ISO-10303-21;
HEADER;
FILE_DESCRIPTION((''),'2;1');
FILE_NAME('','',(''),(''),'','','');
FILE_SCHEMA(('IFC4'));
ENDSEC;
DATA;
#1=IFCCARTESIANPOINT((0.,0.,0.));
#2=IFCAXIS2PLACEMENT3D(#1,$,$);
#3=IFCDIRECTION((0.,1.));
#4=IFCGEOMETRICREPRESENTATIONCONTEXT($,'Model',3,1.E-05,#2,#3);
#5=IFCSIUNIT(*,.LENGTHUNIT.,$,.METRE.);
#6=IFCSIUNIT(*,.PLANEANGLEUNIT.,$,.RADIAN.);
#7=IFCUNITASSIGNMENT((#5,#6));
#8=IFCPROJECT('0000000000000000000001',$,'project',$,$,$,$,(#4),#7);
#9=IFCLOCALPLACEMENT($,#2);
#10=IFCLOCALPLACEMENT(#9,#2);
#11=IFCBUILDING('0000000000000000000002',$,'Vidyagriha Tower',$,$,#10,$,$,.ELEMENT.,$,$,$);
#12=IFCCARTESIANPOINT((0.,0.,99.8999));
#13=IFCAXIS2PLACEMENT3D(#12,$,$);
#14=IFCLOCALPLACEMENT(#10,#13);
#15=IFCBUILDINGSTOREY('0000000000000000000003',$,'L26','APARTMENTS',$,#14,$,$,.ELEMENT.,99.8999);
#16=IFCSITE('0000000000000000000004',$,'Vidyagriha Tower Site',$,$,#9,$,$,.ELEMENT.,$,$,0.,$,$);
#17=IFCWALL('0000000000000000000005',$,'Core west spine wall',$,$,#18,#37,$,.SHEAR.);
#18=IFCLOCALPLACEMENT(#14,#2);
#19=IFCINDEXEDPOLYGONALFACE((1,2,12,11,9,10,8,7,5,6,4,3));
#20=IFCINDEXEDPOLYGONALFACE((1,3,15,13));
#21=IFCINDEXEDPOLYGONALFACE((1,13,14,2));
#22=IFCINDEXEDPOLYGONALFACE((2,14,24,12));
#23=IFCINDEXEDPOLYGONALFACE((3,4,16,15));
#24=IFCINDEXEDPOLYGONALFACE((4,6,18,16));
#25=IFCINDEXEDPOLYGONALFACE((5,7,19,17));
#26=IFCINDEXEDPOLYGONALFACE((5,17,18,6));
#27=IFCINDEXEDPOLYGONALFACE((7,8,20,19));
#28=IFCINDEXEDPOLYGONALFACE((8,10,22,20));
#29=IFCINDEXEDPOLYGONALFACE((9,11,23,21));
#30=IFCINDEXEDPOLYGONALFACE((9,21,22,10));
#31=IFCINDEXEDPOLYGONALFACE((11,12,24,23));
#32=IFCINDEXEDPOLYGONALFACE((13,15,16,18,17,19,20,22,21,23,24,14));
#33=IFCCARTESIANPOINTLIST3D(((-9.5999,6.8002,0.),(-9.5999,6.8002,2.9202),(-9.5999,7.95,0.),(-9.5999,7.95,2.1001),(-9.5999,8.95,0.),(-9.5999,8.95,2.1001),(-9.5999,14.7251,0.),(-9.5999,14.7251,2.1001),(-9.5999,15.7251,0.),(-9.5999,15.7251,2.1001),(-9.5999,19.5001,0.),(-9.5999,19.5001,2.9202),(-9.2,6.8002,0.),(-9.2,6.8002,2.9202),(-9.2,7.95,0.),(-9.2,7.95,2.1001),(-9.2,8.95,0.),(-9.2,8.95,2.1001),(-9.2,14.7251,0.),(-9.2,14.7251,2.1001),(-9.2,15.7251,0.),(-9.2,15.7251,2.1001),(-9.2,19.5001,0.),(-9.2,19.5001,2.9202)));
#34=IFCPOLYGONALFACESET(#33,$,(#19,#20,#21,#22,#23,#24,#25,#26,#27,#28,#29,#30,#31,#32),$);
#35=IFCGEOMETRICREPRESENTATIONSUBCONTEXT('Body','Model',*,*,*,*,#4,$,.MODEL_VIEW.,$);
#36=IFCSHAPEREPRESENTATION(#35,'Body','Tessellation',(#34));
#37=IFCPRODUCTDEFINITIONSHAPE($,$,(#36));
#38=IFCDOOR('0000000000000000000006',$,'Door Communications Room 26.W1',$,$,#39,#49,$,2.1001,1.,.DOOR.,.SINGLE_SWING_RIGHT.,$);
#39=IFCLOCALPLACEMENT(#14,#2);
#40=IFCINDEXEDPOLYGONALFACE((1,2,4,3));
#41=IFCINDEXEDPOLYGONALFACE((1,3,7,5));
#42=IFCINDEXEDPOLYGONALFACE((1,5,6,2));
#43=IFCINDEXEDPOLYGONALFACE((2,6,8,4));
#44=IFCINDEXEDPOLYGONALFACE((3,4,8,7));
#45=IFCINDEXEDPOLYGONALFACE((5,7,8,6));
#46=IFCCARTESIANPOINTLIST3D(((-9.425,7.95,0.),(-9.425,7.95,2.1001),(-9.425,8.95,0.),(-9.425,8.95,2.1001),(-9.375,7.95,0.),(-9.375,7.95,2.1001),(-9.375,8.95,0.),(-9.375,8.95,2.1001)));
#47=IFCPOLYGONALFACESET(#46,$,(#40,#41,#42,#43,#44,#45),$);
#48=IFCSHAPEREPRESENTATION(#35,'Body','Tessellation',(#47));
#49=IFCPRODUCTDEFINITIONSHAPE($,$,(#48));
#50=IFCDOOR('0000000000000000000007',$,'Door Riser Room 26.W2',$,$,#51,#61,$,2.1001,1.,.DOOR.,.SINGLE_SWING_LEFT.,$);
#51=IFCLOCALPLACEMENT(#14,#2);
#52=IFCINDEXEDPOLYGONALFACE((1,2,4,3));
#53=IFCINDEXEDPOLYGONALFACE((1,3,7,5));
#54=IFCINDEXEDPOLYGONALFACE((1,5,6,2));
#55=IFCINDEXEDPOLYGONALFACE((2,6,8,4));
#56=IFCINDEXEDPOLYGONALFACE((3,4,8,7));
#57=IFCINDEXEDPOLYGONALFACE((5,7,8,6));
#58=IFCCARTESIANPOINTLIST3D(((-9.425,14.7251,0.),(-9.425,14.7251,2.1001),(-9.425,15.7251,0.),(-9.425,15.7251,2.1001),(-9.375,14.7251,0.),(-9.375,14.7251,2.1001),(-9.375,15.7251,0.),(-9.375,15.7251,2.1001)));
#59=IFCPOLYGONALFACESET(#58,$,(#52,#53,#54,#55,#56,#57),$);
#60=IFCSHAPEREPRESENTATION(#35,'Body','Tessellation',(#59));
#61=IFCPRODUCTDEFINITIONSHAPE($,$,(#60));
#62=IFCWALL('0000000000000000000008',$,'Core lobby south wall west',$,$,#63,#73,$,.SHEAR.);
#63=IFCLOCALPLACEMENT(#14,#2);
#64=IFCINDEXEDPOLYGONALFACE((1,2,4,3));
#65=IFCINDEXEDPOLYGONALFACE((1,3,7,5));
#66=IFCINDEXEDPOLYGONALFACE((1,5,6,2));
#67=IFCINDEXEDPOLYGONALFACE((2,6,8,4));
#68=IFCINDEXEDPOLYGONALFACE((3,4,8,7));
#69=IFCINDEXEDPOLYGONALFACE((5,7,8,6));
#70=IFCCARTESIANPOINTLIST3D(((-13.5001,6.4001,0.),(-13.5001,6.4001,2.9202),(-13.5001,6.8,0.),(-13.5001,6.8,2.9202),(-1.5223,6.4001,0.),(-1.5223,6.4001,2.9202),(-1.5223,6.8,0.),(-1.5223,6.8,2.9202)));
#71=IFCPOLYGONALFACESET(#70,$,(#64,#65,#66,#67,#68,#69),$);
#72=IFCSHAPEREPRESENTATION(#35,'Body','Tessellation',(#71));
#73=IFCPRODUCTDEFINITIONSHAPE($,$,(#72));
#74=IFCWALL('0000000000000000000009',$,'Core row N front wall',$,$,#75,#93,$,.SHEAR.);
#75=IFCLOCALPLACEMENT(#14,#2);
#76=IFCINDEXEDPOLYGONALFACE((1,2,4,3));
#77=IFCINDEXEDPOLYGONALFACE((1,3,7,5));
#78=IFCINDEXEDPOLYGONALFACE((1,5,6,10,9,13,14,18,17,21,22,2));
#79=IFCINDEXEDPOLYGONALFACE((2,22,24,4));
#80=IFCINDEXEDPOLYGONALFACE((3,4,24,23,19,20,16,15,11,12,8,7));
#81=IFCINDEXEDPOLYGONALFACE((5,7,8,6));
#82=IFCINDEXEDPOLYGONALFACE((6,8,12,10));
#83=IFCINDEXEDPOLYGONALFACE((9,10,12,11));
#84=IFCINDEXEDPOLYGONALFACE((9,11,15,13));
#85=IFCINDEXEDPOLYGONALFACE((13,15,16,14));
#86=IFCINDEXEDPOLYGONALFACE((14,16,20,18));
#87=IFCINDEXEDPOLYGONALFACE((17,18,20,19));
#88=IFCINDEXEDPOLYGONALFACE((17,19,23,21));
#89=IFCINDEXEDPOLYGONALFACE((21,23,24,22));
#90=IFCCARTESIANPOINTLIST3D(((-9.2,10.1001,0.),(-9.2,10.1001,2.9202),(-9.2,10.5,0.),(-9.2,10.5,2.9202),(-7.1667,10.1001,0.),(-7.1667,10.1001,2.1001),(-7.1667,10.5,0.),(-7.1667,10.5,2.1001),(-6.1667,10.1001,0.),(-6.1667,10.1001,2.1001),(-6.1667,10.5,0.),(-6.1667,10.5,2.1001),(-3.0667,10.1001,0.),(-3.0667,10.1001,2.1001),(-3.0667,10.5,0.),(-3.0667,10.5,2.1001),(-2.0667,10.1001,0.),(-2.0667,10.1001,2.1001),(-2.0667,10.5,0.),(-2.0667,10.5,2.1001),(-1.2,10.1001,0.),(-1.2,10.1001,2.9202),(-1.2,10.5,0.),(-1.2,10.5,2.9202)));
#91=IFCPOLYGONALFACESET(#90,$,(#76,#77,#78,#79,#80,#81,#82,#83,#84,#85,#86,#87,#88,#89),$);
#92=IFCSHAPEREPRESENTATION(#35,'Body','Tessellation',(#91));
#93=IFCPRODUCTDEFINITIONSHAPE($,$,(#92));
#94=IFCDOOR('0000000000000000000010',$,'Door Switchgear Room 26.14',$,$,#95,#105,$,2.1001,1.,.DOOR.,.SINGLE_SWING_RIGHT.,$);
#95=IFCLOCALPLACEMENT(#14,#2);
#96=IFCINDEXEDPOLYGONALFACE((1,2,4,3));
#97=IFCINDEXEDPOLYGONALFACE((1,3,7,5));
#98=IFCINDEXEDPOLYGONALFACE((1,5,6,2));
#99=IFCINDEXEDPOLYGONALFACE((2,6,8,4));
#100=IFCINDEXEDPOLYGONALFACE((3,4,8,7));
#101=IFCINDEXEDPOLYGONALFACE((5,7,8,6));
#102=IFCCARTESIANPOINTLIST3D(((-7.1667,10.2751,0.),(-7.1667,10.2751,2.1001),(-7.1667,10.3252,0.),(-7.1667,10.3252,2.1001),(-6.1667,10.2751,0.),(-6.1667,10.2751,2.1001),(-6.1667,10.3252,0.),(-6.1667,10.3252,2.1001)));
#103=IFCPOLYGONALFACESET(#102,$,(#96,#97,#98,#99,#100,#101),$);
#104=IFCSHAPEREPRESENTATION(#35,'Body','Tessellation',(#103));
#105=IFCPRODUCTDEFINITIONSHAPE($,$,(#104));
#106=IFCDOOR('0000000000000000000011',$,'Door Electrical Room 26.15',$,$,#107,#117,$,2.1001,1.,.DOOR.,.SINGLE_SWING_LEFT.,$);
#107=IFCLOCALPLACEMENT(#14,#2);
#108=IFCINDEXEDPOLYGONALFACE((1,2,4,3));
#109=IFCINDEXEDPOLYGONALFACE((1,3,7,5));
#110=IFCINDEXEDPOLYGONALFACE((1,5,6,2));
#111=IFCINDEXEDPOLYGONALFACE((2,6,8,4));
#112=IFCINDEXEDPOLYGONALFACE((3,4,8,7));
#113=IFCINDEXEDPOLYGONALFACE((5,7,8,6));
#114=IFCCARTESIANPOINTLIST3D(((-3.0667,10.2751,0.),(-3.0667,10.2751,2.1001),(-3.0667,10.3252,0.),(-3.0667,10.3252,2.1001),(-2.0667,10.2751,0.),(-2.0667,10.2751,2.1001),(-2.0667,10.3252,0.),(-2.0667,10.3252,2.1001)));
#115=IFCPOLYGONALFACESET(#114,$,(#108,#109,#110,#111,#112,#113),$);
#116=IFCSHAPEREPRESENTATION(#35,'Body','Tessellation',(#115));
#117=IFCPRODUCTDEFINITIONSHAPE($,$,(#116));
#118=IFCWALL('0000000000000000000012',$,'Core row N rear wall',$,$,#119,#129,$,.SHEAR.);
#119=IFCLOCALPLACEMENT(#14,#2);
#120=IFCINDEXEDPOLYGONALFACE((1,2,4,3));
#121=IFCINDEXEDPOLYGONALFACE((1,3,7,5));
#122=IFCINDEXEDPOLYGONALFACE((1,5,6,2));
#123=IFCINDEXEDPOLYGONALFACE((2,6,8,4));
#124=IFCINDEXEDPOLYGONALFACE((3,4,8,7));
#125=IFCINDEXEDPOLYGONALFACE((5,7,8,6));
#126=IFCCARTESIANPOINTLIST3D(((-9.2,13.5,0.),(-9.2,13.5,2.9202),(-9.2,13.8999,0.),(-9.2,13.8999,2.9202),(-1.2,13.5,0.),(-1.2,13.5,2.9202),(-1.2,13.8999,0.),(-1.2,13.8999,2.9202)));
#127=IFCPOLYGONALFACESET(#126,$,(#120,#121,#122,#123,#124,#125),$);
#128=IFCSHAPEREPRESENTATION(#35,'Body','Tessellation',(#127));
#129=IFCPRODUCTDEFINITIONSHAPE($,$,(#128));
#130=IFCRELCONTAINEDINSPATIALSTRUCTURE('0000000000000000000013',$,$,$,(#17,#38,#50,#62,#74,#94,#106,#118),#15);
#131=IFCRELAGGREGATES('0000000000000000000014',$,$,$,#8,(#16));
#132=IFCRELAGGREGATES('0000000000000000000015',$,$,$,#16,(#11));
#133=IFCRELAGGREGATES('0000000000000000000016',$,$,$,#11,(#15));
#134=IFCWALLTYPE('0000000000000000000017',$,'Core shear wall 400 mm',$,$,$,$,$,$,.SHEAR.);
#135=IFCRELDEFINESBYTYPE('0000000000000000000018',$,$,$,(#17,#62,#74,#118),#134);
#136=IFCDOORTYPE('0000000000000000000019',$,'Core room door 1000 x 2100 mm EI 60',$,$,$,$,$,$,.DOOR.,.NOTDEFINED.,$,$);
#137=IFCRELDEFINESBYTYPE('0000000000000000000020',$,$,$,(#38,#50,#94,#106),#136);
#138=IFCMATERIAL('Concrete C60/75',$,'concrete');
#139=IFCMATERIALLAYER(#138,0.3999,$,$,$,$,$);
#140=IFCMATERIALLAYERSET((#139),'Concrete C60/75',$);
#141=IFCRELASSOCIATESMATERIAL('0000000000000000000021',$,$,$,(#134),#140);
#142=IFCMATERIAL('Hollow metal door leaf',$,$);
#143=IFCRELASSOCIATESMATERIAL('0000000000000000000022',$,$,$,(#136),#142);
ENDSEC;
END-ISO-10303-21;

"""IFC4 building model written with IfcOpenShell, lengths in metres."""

from ifc_helpers import new_model, si_unit, direction, frame, frame_2d, origin, place, context, subcontext, project, spatial, rectangle, extrude, material, layer, layer_set, type_object, element, fill, save


model = new_model("IFC4")

# Units and contexts
model_context = context("Model", 3, precision=1e-05, world=origin(), true_north=direction((0.0, 1.0)))
body_context = subcontext(model_context, "Body", "Model", "MODEL_VIEW")
ifc_project = project(units=[si_unit("LENGTHUNIT", "METRE"), si_unit("PLANEANGLEUNIT", "RADIAN")], contexts=[model_context])

# Site, building, storey
site_placement = place(None, origin())
site = spatial("IfcSite", under=ifc_project, at=site_placement, Name="Vidyagriha Tower Site", CompositionType="ELEMENT", RefElevation=0.0)
building_placement = place(site_placement, origin())
building = spatial("IfcBuilding", under=site, at=building_placement, Name="Vidyagriha Tower", CompositionType="ELEMENT")
storey_placement = place(building_placement, frame((0.0, 0.0, 99.8999)))
storey = spatial("IfcBuildingStorey", under=building, at=storey_placement, Name="L26", Description="APARTMENTS", CompositionType="ELEMENT", Elevation=99.8999)

# Wall, openings, doors
ifc_material_1 = material(Name="Concrete C60/75", Category="concrete")
ifc_layer_1 = layer(ifc_material_1, 0.3999)
ifc_layer_set_1 = layer_set([ifc_layer_1], Name="Concrete C60/75")
wall_type_1 = type_object("IfcWallType", Name="Core shear wall 400 mm", PredefinedType="SHEAR", material=ifc_layer_set_1)
wall_1_placement = place(storey_placement, frame((-9.3999, 6.8, 0.0), z_axis=(0.0, 0.0, 1.0), x_axis=(0.0, 1.0, 0.0)))
wall_1 = element("IfcWall", 1, at=wall_1_placement, inside=storey, type_object=wall_type_1, Name="Core west spine wall", PredefinedType="SHEAR", context=body_context, shape_type="SweptSolid", body=[
    extrude(rectangle(XDim=12.7, YDim=0.3999, at=frame_2d((6.3501, 0.0))), origin(), (0.0, 0.0, 1.0), 2.9202),
])
opening_1_placement = place(wall_1_placement, frame((1.1499, 0.0, 0.0)))
opening_1 = element("IfcOpeningElement", 2, at=opening_1_placement, cuts=wall_1, PredefinedType="OPENING", context=body_context, shape_type="SweptSolid", body=[
    extrude(rectangle(XDim=1.0, YDim=2.1001, at=frame_2d((0.5, 1.05))), frame((0.0, 0.21, 0.0), z_axis=(0.0, -1.0, 0.0), x_axis=(1.0, 0.0, 0.0)), (0.0, 0.0, 1.0), 0.4199),
])
opening_2_placement = place(wall_1_placement, frame((7.925, 0.0, 0.0)))
opening_2 = element("IfcOpeningElement", 3, at=opening_2_placement, cuts=wall_1, PredefinedType="OPENING", context=body_context, shape_type="SweptSolid", body=[
    extrude(rectangle(XDim=1.0, YDim=2.1001, at=frame_2d((0.5, 1.05))), frame((0.0, 0.21, 0.0), z_axis=(0.0, -1.0, 0.0), x_axis=(1.0, 0.0, 0.0)), (0.0, 0.0, 1.0), 0.4199),
])
ifc_material_2 = material(Name="Hollow metal door leaf")
door_type_1 = type_object("IfcDoorType", Name="Core room door 1000 x 2100 mm EI 60", OperationType="NOTDEFINED", PredefinedType="DOOR", material=ifc_material_2)
door_1_placement = place(opening_1_placement, frame((1.0, 0.0, 0.0), z_axis=(0.0, 0.0, 1.0), x_axis=(-1.0, 0.0, 0.0)))
door_1 = element("IfcDoor", 4, at=door_1_placement, inside=storey, type_object=door_type_1, Name="Door Communications Room 26.W1", OperationType="SINGLE_SWING_RIGHT", OverallHeight=2.1001, OverallWidth=1.0, PredefinedType="DOOR", context=body_context, shape_type="SweptSolid", body=[
    extrude(rectangle(XDim=1.0, YDim=2.1001, at=frame_2d((0.5, 1.05))), frame((0.0, 0.0249, 0.0), z_axis=(0.0, -1.0, 0.0), x_axis=(1.0, 0.0, 0.0)), (0.0, 0.0, 1.0), 0.05),
])
fill(opening_1, door_1)
door_2_placement = place(opening_2_placement, frame((1.0, 0.0, 0.0), z_axis=(0.0, 0.0, 1.0), x_axis=(-1.0, 0.0, 0.0)))
door_2 = element("IfcDoor", 5, at=door_2_placement, inside=storey, type_object=door_type_1, Name="Door Riser Room 26.W2", OperationType="SINGLE_SWING_LEFT", OverallHeight=2.1001, OverallWidth=1.0, PredefinedType="DOOR", context=body_context, shape_type="SweptSolid", body=[
    extrude(rectangle(XDim=1.0, YDim=2.1001, at=frame_2d((0.5, 1.05))), frame((0.0, 0.0249, 0.0), z_axis=(0.0, -1.0, 0.0), x_axis=(1.0, 0.0, 0.0)), (0.0, 0.0, 1.0), 0.05),
])
fill(opening_2, door_2)

# Wall
wall_2_placement = place(storey_placement, frame((-13.5, 6.6001, 0.0)))
element("IfcWall", 6, at=wall_2_placement, inside=storey, type_object=wall_type_1, Name="Core lobby south wall west", PredefinedType="SHEAR", context=body_context, shape_type="SweptSolid", body=[
    extrude(rectangle(XDim=11.9778, YDim=0.3999, at=frame_2d((5.9888, 0.0))), origin(), (0.0, 0.0, 1.0), 2.9202),
])

# Wall, openings, doors
wall_3_placement = place(storey_placement, frame((-9.2, 10.3, 0.0)))
wall_3 = element("IfcWall", 7, at=wall_3_placement, inside=storey, type_object=wall_type_1, Name="Core row N front wall", PredefinedType="SHEAR", context=body_context, shape_type="SweptSolid", body=[
    extrude(rectangle(XDim=8.0, YDim=0.3999, at=frame_2d((4.0, 0.0))), origin(), (0.0, 0.0, 1.0), 2.9202),
])
opening_3_placement = place(wall_3_placement, frame((2.0332, 0.0, 0.0)))
opening_3 = element("IfcOpeningElement", 8, at=opening_3_placement, cuts=wall_3, PredefinedType="OPENING", context=body_context, shape_type="SweptSolid", body=[
    extrude(rectangle(XDim=1.0, YDim=2.1001, at=frame_2d((0.5, 1.05))), frame((0.0, 0.21, 0.0), z_axis=(0.0, -1.0, 0.0), x_axis=(1.0, 0.0, 0.0)), (0.0, 0.0, 1.0), 0.4199),
])
opening_4_placement = place(wall_3_placement, frame((6.1333, 0.0, 0.0)))
opening_4 = element("IfcOpeningElement", 9, at=opening_4_placement, cuts=wall_3, PredefinedType="OPENING", context=body_context, shape_type="SweptSolid", body=[
    extrude(rectangle(XDim=1.0, YDim=2.1001, at=frame_2d((0.5, 1.05))), frame((0.0, 0.21, 0.0), z_axis=(0.0, -1.0, 0.0), x_axis=(1.0, 0.0, 0.0)), (0.0, 0.0, 1.0), 0.4199),
])
door_3_placement = place(opening_3_placement, frame((1.0, 0.0, 0.0), z_axis=(0.0, 0.0, 1.0), x_axis=(-1.0, 0.0, 0.0)))
door_3 = element("IfcDoor", 10, at=door_3_placement, inside=storey, type_object=door_type_1, Name="Door Switchgear Room 26.14", OperationType="SINGLE_SWING_RIGHT", OverallHeight=2.1001, OverallWidth=1.0, PredefinedType="DOOR", context=body_context, shape_type="SweptSolid", body=[
    extrude(rectangle(XDim=1.0, YDim=2.1001, at=frame_2d((0.5, 1.05))), frame((0.0, 0.0249, 0.0), z_axis=(0.0, -1.0, 0.0), x_axis=(1.0, 0.0, 0.0)), (0.0, 0.0, 1.0), 0.05),
])
fill(opening_3, door_3)
door_4_placement = place(opening_4_placement, frame((1.0, 0.0, 0.0), z_axis=(0.0, 0.0, 1.0), x_axis=(-1.0, 0.0, 0.0)))
door_4 = element("IfcDoor", 11, at=door_4_placement, inside=storey, type_object=door_type_1, Name="Door Electrical Room 26.15", OperationType="SINGLE_SWING_LEFT", OverallHeight=2.1001, OverallWidth=1.0, PredefinedType="DOOR", context=body_context, shape_type="SweptSolid", body=[
    extrude(rectangle(XDim=1.0, YDim=2.1001, at=frame_2d((0.5, 1.05))), frame((0.0, 0.0249, 0.0), z_axis=(0.0, -1.0, 0.0), x_axis=(1.0, 0.0, 0.0)), (0.0, 0.0, 1.0), 0.05),
])
fill(opening_4, door_4)

# Wall
wall_4_placement = place(storey_placement, frame((-9.2, 13.7, 0.0)))
element("IfcWall", 12, at=wall_4_placement, inside=storey, type_object=wall_type_1, Name="Core row N rear wall", PredefinedType="SHEAR", context=body_context, shape_type="SweptSolid", body=[
    extrude(rectangle(XDim=8.0, YDim=0.3999, at=frame_2d((4.0, 0.0))), origin(), (0.0, 0.0, 1.0), 2.9202),
])

save(model, "model.ifc")
